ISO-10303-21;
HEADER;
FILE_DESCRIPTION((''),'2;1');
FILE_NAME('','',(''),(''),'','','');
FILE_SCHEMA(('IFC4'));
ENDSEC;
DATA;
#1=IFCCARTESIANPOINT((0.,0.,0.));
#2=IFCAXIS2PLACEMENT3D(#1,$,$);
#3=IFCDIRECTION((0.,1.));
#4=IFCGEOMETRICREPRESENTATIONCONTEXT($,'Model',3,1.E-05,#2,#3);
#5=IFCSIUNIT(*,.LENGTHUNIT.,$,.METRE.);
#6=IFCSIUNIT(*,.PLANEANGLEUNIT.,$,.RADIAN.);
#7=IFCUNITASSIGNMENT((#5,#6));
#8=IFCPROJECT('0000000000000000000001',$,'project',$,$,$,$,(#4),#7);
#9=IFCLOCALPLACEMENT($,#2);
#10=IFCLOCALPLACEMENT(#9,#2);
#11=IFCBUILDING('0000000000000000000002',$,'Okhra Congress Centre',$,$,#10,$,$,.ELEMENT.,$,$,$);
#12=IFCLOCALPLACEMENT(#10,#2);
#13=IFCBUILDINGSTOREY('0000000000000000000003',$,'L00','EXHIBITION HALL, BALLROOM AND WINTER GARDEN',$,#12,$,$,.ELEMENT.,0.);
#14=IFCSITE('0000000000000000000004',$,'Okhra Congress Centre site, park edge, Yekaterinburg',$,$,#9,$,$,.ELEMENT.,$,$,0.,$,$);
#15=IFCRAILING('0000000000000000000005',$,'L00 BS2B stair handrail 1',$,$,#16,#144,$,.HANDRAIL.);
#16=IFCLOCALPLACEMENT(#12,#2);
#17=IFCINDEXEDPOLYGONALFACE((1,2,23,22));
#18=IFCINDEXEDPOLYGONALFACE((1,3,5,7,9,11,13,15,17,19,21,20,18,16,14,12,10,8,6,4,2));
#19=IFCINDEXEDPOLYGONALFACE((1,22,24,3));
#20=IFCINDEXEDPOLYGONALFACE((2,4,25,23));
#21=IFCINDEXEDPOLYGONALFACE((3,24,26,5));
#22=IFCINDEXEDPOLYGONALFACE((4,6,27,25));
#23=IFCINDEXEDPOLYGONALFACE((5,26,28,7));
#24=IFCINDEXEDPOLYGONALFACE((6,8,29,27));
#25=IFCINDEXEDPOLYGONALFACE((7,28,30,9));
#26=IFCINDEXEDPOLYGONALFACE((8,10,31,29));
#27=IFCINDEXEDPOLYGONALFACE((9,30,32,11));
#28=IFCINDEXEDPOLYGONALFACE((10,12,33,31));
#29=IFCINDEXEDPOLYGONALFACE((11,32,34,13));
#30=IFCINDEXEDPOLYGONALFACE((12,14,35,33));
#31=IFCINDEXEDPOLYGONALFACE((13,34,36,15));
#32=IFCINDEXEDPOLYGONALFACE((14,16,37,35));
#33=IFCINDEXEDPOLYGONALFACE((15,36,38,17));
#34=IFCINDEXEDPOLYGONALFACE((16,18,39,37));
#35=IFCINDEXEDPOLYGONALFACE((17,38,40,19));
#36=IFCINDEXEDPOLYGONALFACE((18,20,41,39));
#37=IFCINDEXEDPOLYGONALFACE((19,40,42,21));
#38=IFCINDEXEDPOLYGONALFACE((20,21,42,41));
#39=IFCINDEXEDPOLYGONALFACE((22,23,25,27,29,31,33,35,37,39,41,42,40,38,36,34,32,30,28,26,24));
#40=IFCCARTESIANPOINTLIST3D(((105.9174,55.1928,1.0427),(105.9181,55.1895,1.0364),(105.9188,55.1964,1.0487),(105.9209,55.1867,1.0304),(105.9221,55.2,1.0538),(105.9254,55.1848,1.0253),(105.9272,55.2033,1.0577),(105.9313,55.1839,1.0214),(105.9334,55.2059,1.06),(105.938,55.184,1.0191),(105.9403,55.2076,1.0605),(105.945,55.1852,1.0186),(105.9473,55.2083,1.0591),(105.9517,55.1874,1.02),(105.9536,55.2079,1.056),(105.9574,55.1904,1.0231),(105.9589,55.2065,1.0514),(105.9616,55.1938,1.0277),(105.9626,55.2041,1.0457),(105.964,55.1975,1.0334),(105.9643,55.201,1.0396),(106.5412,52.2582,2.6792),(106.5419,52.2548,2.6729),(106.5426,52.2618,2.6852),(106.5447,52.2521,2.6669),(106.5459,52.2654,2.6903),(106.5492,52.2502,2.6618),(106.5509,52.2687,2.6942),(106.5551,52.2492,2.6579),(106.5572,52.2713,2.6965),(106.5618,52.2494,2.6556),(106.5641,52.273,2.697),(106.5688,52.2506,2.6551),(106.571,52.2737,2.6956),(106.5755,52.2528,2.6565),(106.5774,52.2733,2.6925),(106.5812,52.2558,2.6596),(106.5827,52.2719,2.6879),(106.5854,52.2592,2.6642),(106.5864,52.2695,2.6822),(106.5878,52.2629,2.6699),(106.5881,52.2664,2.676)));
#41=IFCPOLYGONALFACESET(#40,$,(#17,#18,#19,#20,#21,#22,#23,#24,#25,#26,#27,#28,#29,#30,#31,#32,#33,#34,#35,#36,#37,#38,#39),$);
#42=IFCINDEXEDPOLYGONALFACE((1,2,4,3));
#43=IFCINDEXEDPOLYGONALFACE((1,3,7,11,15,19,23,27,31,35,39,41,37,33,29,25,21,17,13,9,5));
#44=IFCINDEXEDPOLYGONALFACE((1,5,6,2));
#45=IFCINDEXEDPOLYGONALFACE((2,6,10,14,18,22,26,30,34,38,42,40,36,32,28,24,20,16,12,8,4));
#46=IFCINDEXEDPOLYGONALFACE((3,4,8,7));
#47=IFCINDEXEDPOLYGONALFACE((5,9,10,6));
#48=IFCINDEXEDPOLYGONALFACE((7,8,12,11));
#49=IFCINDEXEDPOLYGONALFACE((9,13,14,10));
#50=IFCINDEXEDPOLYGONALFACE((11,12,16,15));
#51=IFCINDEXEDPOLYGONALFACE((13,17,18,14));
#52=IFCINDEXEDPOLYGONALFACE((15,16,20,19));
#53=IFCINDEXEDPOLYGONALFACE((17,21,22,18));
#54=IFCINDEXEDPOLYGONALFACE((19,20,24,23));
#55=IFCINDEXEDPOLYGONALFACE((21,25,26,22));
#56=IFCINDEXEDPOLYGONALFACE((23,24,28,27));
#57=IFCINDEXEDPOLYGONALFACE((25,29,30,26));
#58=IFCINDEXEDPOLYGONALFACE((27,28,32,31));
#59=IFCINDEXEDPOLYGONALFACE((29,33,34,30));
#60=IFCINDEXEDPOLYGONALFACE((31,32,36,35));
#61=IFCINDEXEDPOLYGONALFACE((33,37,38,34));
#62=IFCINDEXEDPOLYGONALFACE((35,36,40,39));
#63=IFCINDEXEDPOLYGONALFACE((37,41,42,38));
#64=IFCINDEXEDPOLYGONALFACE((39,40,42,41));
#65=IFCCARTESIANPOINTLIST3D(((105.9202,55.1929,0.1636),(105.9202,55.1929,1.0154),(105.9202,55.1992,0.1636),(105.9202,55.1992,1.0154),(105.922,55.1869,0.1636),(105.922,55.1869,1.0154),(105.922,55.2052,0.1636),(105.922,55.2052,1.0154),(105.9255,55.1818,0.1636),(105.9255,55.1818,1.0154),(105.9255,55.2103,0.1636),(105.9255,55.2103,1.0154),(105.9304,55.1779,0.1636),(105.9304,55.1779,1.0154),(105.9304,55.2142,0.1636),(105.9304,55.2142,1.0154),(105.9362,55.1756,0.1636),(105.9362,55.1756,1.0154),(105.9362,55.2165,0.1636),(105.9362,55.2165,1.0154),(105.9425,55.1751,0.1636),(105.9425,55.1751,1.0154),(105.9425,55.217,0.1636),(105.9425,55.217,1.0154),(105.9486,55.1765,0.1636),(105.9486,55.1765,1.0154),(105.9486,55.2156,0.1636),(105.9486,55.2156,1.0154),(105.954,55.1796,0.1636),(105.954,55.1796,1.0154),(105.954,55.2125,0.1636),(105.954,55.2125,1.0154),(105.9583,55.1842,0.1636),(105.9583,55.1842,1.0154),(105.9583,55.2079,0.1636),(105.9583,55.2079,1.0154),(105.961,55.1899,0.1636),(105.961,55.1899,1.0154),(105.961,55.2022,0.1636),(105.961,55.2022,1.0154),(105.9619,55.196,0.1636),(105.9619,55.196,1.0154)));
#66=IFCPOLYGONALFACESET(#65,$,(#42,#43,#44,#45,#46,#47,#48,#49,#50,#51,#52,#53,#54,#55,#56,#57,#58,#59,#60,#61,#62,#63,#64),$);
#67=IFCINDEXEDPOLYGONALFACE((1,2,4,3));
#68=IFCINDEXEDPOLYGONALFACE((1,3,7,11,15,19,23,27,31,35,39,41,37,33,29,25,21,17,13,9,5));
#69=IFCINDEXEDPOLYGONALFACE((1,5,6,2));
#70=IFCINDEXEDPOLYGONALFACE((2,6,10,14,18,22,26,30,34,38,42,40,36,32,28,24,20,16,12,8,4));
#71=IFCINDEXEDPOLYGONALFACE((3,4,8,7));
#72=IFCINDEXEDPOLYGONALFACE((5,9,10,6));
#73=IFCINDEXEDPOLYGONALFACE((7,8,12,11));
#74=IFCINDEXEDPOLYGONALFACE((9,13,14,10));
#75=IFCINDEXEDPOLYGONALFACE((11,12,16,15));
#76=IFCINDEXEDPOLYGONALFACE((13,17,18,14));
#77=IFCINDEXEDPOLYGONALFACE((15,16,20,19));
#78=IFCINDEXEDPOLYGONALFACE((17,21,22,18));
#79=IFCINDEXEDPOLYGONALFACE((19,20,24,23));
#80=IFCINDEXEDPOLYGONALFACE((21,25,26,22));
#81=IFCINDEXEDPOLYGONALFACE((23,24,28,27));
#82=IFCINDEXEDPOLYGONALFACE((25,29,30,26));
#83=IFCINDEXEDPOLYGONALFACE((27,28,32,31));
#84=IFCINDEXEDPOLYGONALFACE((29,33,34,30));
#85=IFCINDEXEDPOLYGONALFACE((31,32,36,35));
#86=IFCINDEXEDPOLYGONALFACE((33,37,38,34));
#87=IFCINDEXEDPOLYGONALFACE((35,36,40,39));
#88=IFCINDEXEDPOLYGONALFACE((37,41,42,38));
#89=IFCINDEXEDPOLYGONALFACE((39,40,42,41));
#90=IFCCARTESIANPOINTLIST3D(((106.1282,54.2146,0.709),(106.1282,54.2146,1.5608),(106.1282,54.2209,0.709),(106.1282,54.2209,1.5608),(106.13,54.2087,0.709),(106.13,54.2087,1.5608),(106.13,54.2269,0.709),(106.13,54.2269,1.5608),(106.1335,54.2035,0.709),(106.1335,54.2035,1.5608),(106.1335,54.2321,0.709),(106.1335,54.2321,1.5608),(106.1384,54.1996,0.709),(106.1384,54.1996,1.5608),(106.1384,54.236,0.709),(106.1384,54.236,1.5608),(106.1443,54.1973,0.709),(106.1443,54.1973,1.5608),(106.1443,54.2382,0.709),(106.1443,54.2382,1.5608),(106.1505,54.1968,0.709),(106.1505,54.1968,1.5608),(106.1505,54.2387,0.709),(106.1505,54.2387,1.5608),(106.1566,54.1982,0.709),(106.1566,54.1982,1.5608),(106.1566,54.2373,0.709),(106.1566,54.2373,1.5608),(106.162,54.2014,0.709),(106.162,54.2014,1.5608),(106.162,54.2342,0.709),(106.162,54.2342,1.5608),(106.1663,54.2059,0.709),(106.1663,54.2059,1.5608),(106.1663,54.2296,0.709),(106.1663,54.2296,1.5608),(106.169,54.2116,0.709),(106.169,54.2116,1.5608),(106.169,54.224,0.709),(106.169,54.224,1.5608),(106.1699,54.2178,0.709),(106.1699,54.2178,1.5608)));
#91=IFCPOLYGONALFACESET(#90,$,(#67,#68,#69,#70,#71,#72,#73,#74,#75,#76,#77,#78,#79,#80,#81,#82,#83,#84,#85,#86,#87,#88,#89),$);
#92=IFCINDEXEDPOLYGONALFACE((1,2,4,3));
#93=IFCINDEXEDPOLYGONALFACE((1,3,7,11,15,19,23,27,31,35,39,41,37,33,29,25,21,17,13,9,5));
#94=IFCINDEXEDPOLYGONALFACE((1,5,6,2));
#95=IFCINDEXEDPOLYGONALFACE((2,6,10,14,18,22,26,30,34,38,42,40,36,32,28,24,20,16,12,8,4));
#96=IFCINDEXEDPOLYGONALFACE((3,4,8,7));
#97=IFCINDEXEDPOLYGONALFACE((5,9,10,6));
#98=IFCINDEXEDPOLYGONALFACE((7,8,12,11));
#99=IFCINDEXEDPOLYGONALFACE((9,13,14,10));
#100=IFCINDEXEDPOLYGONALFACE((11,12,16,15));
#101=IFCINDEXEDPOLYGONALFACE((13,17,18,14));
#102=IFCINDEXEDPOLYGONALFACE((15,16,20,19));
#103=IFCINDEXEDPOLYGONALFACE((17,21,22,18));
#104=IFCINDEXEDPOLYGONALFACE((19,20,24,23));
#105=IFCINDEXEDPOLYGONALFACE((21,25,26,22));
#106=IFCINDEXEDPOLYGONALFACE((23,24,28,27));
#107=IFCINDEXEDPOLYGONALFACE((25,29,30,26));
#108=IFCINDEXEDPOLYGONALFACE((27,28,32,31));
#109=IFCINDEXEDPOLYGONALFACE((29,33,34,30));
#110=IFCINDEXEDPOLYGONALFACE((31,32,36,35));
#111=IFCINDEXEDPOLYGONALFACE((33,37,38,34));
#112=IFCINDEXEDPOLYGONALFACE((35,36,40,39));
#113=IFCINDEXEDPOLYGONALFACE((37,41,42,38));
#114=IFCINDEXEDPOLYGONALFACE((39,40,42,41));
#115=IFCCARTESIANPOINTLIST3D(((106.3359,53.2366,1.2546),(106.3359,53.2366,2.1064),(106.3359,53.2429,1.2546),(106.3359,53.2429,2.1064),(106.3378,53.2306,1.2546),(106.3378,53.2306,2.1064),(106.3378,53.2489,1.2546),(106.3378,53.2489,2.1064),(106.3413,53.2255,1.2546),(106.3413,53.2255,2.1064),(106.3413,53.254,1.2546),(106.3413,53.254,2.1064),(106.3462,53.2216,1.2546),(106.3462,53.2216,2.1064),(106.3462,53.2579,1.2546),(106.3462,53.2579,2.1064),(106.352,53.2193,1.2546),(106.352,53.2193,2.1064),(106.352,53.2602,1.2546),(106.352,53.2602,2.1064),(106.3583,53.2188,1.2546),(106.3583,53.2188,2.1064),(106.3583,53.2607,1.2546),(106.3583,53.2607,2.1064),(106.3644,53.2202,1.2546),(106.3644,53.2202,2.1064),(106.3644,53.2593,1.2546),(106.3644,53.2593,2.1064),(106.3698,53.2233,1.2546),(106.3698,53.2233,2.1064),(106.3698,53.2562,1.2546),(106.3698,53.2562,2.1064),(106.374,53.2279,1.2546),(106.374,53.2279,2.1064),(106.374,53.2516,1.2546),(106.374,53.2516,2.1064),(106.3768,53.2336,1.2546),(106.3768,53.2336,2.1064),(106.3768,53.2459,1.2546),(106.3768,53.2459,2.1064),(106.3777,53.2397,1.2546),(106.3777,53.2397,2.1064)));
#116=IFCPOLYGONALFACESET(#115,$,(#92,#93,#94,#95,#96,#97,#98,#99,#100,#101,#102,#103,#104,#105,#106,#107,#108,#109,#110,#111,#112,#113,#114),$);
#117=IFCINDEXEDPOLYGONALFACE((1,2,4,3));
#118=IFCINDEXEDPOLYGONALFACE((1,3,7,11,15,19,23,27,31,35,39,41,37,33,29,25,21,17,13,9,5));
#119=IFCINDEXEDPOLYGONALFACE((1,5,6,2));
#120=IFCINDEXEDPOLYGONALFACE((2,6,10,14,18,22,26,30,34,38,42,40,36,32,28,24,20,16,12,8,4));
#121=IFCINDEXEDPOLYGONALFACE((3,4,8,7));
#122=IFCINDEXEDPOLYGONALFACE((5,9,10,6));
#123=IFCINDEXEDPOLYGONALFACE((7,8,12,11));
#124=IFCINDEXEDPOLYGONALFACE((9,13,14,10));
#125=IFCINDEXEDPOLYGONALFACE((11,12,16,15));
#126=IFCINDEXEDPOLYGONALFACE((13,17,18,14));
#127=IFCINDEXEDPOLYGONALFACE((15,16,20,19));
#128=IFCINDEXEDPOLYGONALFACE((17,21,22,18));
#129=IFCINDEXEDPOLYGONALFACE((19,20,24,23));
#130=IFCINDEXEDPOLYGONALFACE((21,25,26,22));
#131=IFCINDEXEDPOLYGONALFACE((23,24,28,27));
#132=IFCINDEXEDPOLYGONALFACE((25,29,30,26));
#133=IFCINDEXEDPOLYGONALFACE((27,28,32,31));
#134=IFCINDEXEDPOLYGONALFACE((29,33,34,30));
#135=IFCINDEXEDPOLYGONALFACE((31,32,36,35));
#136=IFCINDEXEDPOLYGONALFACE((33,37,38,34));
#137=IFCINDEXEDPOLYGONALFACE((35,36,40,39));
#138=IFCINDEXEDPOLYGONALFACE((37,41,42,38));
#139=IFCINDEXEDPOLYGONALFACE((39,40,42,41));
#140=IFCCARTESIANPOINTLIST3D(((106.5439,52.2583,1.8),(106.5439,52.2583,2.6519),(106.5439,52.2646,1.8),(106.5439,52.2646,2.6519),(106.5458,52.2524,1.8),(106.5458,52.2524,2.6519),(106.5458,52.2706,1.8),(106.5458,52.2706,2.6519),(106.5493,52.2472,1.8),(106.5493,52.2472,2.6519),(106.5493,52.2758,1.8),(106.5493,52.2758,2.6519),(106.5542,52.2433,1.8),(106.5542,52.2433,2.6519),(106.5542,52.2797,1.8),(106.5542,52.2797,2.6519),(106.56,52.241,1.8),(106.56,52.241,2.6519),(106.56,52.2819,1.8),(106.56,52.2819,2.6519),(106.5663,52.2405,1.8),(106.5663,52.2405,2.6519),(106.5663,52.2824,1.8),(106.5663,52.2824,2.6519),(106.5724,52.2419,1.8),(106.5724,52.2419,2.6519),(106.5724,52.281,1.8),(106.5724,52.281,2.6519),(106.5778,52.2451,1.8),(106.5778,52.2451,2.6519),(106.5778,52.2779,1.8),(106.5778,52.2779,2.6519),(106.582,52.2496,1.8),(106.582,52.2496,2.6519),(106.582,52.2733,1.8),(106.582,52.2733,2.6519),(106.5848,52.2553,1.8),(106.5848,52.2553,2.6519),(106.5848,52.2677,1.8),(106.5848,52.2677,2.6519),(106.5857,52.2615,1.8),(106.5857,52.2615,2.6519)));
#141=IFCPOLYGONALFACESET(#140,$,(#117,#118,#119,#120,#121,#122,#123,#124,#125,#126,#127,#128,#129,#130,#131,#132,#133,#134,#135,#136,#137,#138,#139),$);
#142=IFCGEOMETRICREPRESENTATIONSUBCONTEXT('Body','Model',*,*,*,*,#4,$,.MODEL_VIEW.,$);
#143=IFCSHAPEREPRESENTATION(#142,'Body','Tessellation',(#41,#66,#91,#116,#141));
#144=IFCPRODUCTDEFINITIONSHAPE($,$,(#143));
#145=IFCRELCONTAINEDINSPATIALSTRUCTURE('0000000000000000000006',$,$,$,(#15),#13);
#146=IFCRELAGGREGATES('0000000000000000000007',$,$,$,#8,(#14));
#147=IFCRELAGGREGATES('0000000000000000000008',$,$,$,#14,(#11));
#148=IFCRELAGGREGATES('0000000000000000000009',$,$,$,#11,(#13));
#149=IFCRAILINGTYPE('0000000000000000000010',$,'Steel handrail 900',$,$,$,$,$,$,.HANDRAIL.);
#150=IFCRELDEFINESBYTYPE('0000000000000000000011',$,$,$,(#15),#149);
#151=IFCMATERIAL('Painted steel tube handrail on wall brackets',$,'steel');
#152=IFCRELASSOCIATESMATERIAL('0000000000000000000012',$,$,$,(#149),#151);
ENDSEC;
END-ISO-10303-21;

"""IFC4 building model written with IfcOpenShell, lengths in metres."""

from ifc_helpers import new_model, si_unit, direction, frame, origin, origin_2d, place, context, subcontext, project, spatial, circle, extrude, material, type_object, element, save


model = new_model("IFC4")

# Units and contexts
model_context = context("Model", 3, precision=1e-05, world=origin(), true_north=direction((0.0, 1.0)))
body_context = subcontext(model_context, "Body", "Model", "MODEL_VIEW")
ifc_project = project(units=[si_unit("LENGTHUNIT", "METRE"), si_unit("PLANEANGLEUNIT", "RADIAN")], contexts=[model_context])

# Site, building, storey
site_placement = place(None, origin())
site = spatial("IfcSite", under=ifc_project, at=site_placement, Name="Okhra Congress Centre site, park edge, Yekaterinburg", CompositionType="ELEMENT", RefElevation=0.0)
building_placement = place(site_placement, origin())
building = spatial("IfcBuilding", under=site, at=building_placement, Name="Okhra Congress Centre", CompositionType="ELEMENT")
storey_placement = place(building_placement, origin())
storey = spatial("IfcBuildingStorey", under=building, at=storey_placement, Name="L00", Description="EXHIBITION HALL, BALLROOM AND WINTER GARDEN", CompositionType="ELEMENT", Elevation=0.0)

# Railing
ifc_material_1 = material(Name="Painted steel tube handrail on wall brackets", Category="steel")
railing_type_1 = type_object("IfcRailingType", Name="Steel handrail 900", PredefinedType="HANDRAIL", material=ifc_material_1)
railing_1_placement = place(storey_placement, frame((105.9409, 55.196, 0.1636)))
element("IfcRailing", 1, at=railing_1_placement, inside=storey, type_object=railing_type_1, Name="L00 BS2B stair handrail 1", PredefinedType="HANDRAIL", context=body_context, shape_type="SweptSolid", body=[
    extrude(circle(Radius=0.0239, at=origin_2d()), frame((0.0, 0.0, 0.876), z_axis=(0.182529, -0.858706, 0.478861), x_axis=(0.978146, 0.207917, 0.0)), (0.0, 0.0, 1.0), 3.4175),
    extrude(circle(Radius=0.021, at=origin_2d()), origin(), (0.0, 0.0, 1.0), 0.8518),
    extrude(circle(Radius=0.021, at=origin_2d()), frame((0.208, -0.9783, 0.5454)), (0.0, 0.0, 1.0), 0.8518),
    extrude(circle(Radius=0.021, at=origin_2d()), frame((0.4158, -1.9563, 1.0911)), (0.0, 0.0, 1.0), 0.8518),
    extrude(circle(Radius=0.021, at=origin_2d()), frame((0.6238, -2.9346, 1.6365)), (0.0, 0.0, 1.0), 0.8518),
])

save(model, "model.ifc")
